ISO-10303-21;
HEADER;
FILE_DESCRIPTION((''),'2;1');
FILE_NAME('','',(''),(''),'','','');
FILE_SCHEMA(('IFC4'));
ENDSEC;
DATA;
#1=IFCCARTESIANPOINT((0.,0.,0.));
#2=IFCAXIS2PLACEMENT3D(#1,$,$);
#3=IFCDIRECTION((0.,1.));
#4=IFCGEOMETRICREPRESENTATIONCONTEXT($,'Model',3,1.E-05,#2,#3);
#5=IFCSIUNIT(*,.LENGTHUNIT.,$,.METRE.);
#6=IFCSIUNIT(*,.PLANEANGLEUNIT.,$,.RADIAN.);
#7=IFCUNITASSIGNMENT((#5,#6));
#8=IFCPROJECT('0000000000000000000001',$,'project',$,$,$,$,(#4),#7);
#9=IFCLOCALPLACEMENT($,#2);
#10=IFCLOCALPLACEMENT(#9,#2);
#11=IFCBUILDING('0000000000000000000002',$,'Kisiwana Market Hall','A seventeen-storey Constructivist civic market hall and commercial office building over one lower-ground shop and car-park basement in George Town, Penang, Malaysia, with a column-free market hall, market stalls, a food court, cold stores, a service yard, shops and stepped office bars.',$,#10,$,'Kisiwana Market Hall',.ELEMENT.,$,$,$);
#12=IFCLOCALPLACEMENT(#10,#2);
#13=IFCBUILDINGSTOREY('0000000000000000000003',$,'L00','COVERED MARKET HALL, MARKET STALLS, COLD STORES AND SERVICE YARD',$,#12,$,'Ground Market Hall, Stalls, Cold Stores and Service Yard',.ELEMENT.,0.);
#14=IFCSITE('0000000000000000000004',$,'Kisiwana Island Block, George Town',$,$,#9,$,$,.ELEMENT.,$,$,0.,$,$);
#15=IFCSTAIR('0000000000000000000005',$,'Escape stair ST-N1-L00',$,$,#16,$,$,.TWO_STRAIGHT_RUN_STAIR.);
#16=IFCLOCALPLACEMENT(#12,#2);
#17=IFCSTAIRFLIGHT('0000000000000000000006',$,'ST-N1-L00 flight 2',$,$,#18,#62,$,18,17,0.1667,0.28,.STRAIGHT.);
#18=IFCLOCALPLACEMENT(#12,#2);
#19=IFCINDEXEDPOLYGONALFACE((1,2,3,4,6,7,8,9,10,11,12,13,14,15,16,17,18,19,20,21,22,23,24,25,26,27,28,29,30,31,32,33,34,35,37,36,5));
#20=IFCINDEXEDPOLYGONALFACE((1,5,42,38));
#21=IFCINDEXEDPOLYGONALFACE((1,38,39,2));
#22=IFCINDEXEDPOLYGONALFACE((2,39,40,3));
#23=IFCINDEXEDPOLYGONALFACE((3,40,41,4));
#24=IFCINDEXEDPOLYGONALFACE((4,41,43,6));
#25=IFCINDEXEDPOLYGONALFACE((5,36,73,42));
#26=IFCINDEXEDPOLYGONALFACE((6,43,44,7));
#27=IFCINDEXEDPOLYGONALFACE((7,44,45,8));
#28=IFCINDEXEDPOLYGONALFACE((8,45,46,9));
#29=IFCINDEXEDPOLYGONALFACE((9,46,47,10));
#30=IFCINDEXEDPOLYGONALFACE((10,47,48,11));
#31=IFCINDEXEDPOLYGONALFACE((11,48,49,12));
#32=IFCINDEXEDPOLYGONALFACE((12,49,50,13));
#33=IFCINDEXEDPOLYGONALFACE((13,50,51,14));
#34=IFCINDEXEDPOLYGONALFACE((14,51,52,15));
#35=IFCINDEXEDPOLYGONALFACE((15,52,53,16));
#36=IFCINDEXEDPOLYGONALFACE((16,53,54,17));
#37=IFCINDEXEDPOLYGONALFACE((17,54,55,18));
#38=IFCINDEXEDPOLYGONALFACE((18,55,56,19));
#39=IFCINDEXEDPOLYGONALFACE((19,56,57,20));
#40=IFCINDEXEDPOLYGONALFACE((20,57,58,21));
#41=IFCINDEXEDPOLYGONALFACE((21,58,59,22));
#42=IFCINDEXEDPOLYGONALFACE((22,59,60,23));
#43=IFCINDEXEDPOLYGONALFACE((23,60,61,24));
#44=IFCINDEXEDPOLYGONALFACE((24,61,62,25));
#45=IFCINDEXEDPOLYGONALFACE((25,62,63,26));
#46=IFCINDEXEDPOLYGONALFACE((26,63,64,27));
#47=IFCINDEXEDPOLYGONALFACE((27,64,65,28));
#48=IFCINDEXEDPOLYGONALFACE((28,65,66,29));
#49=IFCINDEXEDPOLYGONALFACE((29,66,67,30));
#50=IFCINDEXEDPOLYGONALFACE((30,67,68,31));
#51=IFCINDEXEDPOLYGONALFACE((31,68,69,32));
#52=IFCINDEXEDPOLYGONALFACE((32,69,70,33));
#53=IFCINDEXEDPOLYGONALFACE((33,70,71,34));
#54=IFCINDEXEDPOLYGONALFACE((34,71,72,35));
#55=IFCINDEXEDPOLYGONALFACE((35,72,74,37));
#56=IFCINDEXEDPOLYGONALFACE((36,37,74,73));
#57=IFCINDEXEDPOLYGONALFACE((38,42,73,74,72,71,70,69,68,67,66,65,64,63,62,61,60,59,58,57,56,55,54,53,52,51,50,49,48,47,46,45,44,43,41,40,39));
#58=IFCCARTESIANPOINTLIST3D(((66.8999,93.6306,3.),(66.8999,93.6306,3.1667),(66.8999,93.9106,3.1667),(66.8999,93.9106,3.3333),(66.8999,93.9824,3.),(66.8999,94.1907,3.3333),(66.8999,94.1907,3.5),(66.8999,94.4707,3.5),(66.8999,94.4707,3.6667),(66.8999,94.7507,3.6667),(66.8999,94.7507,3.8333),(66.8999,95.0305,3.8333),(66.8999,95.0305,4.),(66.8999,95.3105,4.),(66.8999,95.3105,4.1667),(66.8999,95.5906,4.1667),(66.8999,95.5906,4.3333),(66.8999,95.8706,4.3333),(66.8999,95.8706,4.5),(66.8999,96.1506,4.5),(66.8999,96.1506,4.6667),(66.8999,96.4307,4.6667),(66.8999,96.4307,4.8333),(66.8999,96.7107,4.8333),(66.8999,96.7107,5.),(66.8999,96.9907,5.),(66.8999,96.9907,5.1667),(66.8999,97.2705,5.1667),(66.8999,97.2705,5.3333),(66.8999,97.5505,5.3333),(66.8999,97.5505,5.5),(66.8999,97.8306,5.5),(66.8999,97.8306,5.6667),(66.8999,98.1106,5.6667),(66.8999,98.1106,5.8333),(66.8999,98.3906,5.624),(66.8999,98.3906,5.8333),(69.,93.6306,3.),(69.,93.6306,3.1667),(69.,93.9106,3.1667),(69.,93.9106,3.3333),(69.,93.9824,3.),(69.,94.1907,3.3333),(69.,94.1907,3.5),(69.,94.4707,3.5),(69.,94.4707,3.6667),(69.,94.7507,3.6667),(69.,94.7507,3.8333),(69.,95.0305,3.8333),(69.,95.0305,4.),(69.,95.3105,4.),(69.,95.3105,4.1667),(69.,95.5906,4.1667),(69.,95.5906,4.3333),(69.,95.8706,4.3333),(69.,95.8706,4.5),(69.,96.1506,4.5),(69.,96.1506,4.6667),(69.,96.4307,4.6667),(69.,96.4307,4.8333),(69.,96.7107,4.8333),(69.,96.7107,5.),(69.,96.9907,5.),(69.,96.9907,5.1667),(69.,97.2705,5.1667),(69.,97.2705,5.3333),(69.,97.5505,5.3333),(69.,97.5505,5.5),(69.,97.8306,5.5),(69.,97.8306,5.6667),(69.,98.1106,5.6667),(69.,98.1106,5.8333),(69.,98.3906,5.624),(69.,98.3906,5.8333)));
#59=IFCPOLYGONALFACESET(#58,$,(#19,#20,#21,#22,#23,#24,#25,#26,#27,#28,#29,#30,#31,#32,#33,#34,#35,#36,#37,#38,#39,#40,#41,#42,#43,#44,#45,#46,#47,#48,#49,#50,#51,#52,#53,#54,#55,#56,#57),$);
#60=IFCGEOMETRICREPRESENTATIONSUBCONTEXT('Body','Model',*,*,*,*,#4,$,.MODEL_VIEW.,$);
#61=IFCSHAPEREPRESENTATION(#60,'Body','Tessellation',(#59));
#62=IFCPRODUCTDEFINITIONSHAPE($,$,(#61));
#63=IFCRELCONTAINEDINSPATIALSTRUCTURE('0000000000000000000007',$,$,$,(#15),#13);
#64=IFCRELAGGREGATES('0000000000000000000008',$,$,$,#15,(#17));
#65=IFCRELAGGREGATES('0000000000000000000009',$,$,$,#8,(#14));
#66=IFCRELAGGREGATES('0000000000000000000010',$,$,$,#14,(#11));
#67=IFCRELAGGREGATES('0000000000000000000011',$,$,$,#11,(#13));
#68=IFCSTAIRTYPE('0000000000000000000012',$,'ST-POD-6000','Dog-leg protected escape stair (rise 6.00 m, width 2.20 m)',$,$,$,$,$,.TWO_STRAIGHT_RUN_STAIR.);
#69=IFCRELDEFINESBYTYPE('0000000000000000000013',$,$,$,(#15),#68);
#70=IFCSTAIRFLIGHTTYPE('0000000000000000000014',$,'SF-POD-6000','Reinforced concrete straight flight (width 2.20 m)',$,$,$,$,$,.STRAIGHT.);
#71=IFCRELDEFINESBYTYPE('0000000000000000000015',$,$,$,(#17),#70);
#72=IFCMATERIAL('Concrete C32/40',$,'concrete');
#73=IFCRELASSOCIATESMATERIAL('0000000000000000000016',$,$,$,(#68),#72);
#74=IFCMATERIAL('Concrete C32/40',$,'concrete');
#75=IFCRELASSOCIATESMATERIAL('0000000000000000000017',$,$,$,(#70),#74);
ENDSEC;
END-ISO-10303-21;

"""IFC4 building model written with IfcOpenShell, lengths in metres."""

from ifc_helpers import new_model, si_unit, direction, frame, origin, place, context, subcontext, project, spatial, polyline, outline, extrude, material, type_object, element, aggregate, save


model = new_model("IFC4")

# Units and contexts
model_context = context("Model", 3, precision=1e-05, world=origin(), true_north=direction((0.0, 1.0)))
body_context = subcontext(model_context, "Body", "Model", "MODEL_VIEW")
ifc_project = project(units=[si_unit("LENGTHUNIT", "METRE"), si_unit("PLANEANGLEUNIT", "RADIAN")], contexts=[model_context])

# Site, building, storey
site_placement = place(None, origin())
site = spatial("IfcSite", under=ifc_project, at=site_placement, Name="Kisiwana Island Block, George Town", CompositionType="ELEMENT", RefElevation=0.0)
building_placement = place(site_placement, origin())
building = spatial("IfcBuilding", under=site, at=building_placement, Name="Kisiwana Market Hall", Description="A seventeen-storey Constructivist civic market hall and commercial office building over one lower-ground shop and car-park basement in George Town, Penang, Malaysia, with a column-free market hall, market stalls, a food court, cold stores, a service yard, shops and stepped office bars.", LongName="Kisiwana Market Hall", CompositionType="ELEMENT")
storey_placement = place(building_placement, origin())
storey = spatial("IfcBuildingStorey", under=building, at=storey_placement, Name="L00", Description="COVERED MARKET HALL, MARKET STALLS, COLD STORES AND SERVICE YARD", LongName="Ground Market Hall, Stalls, Cold Stores and Service Yard", CompositionType="ELEMENT", Elevation=0.0)

# Stair, stair flight
ifc_material_1 = material(Name="Concrete C32/40", Category="concrete")
stair_type = type_object("IfcStairType", Name="ST-POD-6000", Description="Dog-leg protected escape stair (rise 6.00 m, width 2.20 m)", PredefinedType="TWO_STRAIGHT_RUN_STAIR", material=ifc_material_1)
stair_placement = place(storey_placement, origin())
stair = element("IfcStair", 1, at=stair_placement, inside=storey, type_object=stair_type, Name="Escape stair ST-N1-L00", PredefinedType="TWO_STRAIGHT_RUN_STAIR")
ifc_material_2 = material(Name="Concrete C32/40", Category="concrete")
stair_flight_type = type_object("IfcStairFlightType", Name="SF-POD-6000", Description="Reinforced concrete straight flight (width 2.20 m)", PredefinedType="STRAIGHT", material=ifc_material_2)
stair_flight_placement = place(storey_placement, frame((67.95, 93.6306, 3.0), z_axis=(0.0, 0.0, 1.0), x_axis=(0.0, 1.0, 0.0)))
stair_flight = element("IfcStairFlight", 2, at=stair_flight_placement, type_object=stair_flight_type, Name="ST-N1-L00 flight 2", NumberOfRisers=18, NumberOfTreads=17, PredefinedType="STRAIGHT", RiserHeight=0.1667, TreadLength=0.28, context=body_context, shape_type="SweptSolid", body=[
    extrude(outline(polyline([(0.0, 0.0), (0.0, 0.1667), (0.28, 0.1667), (0.28, 0.3333), (0.5601, 0.3333), (0.5601, 0.5), (0.8401, 0.5), (0.8401, 0.6667), (1.1201, 0.6667), (1.1201, 0.8333), (1.3999, 0.8333), (1.3999, 1.0), (1.6799, 1.0), (1.6799, 1.1667), (1.96, 1.1667), (1.96, 1.3333), (2.24, 1.3333), (2.24, 1.5), (2.52, 1.5), (2.52, 1.6667), (2.8, 1.6667), (2.8, 1.8333), (3.0801, 1.8333), (3.0801, 2.0), (3.3601, 2.0), (3.3601, 2.1667), (3.6399, 2.1667), (3.6399, 2.3333), (3.9199, 2.3333), (3.9199, 2.5), (4.2, 2.5), (4.2, 2.6667), (4.48, 2.6667), (4.48, 2.8333), (4.76, 2.8333), (4.76, 3.0), (4.76, 2.624), (0.3518, 0.0), (0.0, 0.0)])), frame((0.0, 1.05, 0.0), z_axis=(0.0, -1.0, 0.0), x_axis=(1.0, 0.0, 0.0)), (0.0, 0.0, 1.0), 2.1001),
])
aggregate(stair, [stair_flight])

save(model, "model.ifc")
